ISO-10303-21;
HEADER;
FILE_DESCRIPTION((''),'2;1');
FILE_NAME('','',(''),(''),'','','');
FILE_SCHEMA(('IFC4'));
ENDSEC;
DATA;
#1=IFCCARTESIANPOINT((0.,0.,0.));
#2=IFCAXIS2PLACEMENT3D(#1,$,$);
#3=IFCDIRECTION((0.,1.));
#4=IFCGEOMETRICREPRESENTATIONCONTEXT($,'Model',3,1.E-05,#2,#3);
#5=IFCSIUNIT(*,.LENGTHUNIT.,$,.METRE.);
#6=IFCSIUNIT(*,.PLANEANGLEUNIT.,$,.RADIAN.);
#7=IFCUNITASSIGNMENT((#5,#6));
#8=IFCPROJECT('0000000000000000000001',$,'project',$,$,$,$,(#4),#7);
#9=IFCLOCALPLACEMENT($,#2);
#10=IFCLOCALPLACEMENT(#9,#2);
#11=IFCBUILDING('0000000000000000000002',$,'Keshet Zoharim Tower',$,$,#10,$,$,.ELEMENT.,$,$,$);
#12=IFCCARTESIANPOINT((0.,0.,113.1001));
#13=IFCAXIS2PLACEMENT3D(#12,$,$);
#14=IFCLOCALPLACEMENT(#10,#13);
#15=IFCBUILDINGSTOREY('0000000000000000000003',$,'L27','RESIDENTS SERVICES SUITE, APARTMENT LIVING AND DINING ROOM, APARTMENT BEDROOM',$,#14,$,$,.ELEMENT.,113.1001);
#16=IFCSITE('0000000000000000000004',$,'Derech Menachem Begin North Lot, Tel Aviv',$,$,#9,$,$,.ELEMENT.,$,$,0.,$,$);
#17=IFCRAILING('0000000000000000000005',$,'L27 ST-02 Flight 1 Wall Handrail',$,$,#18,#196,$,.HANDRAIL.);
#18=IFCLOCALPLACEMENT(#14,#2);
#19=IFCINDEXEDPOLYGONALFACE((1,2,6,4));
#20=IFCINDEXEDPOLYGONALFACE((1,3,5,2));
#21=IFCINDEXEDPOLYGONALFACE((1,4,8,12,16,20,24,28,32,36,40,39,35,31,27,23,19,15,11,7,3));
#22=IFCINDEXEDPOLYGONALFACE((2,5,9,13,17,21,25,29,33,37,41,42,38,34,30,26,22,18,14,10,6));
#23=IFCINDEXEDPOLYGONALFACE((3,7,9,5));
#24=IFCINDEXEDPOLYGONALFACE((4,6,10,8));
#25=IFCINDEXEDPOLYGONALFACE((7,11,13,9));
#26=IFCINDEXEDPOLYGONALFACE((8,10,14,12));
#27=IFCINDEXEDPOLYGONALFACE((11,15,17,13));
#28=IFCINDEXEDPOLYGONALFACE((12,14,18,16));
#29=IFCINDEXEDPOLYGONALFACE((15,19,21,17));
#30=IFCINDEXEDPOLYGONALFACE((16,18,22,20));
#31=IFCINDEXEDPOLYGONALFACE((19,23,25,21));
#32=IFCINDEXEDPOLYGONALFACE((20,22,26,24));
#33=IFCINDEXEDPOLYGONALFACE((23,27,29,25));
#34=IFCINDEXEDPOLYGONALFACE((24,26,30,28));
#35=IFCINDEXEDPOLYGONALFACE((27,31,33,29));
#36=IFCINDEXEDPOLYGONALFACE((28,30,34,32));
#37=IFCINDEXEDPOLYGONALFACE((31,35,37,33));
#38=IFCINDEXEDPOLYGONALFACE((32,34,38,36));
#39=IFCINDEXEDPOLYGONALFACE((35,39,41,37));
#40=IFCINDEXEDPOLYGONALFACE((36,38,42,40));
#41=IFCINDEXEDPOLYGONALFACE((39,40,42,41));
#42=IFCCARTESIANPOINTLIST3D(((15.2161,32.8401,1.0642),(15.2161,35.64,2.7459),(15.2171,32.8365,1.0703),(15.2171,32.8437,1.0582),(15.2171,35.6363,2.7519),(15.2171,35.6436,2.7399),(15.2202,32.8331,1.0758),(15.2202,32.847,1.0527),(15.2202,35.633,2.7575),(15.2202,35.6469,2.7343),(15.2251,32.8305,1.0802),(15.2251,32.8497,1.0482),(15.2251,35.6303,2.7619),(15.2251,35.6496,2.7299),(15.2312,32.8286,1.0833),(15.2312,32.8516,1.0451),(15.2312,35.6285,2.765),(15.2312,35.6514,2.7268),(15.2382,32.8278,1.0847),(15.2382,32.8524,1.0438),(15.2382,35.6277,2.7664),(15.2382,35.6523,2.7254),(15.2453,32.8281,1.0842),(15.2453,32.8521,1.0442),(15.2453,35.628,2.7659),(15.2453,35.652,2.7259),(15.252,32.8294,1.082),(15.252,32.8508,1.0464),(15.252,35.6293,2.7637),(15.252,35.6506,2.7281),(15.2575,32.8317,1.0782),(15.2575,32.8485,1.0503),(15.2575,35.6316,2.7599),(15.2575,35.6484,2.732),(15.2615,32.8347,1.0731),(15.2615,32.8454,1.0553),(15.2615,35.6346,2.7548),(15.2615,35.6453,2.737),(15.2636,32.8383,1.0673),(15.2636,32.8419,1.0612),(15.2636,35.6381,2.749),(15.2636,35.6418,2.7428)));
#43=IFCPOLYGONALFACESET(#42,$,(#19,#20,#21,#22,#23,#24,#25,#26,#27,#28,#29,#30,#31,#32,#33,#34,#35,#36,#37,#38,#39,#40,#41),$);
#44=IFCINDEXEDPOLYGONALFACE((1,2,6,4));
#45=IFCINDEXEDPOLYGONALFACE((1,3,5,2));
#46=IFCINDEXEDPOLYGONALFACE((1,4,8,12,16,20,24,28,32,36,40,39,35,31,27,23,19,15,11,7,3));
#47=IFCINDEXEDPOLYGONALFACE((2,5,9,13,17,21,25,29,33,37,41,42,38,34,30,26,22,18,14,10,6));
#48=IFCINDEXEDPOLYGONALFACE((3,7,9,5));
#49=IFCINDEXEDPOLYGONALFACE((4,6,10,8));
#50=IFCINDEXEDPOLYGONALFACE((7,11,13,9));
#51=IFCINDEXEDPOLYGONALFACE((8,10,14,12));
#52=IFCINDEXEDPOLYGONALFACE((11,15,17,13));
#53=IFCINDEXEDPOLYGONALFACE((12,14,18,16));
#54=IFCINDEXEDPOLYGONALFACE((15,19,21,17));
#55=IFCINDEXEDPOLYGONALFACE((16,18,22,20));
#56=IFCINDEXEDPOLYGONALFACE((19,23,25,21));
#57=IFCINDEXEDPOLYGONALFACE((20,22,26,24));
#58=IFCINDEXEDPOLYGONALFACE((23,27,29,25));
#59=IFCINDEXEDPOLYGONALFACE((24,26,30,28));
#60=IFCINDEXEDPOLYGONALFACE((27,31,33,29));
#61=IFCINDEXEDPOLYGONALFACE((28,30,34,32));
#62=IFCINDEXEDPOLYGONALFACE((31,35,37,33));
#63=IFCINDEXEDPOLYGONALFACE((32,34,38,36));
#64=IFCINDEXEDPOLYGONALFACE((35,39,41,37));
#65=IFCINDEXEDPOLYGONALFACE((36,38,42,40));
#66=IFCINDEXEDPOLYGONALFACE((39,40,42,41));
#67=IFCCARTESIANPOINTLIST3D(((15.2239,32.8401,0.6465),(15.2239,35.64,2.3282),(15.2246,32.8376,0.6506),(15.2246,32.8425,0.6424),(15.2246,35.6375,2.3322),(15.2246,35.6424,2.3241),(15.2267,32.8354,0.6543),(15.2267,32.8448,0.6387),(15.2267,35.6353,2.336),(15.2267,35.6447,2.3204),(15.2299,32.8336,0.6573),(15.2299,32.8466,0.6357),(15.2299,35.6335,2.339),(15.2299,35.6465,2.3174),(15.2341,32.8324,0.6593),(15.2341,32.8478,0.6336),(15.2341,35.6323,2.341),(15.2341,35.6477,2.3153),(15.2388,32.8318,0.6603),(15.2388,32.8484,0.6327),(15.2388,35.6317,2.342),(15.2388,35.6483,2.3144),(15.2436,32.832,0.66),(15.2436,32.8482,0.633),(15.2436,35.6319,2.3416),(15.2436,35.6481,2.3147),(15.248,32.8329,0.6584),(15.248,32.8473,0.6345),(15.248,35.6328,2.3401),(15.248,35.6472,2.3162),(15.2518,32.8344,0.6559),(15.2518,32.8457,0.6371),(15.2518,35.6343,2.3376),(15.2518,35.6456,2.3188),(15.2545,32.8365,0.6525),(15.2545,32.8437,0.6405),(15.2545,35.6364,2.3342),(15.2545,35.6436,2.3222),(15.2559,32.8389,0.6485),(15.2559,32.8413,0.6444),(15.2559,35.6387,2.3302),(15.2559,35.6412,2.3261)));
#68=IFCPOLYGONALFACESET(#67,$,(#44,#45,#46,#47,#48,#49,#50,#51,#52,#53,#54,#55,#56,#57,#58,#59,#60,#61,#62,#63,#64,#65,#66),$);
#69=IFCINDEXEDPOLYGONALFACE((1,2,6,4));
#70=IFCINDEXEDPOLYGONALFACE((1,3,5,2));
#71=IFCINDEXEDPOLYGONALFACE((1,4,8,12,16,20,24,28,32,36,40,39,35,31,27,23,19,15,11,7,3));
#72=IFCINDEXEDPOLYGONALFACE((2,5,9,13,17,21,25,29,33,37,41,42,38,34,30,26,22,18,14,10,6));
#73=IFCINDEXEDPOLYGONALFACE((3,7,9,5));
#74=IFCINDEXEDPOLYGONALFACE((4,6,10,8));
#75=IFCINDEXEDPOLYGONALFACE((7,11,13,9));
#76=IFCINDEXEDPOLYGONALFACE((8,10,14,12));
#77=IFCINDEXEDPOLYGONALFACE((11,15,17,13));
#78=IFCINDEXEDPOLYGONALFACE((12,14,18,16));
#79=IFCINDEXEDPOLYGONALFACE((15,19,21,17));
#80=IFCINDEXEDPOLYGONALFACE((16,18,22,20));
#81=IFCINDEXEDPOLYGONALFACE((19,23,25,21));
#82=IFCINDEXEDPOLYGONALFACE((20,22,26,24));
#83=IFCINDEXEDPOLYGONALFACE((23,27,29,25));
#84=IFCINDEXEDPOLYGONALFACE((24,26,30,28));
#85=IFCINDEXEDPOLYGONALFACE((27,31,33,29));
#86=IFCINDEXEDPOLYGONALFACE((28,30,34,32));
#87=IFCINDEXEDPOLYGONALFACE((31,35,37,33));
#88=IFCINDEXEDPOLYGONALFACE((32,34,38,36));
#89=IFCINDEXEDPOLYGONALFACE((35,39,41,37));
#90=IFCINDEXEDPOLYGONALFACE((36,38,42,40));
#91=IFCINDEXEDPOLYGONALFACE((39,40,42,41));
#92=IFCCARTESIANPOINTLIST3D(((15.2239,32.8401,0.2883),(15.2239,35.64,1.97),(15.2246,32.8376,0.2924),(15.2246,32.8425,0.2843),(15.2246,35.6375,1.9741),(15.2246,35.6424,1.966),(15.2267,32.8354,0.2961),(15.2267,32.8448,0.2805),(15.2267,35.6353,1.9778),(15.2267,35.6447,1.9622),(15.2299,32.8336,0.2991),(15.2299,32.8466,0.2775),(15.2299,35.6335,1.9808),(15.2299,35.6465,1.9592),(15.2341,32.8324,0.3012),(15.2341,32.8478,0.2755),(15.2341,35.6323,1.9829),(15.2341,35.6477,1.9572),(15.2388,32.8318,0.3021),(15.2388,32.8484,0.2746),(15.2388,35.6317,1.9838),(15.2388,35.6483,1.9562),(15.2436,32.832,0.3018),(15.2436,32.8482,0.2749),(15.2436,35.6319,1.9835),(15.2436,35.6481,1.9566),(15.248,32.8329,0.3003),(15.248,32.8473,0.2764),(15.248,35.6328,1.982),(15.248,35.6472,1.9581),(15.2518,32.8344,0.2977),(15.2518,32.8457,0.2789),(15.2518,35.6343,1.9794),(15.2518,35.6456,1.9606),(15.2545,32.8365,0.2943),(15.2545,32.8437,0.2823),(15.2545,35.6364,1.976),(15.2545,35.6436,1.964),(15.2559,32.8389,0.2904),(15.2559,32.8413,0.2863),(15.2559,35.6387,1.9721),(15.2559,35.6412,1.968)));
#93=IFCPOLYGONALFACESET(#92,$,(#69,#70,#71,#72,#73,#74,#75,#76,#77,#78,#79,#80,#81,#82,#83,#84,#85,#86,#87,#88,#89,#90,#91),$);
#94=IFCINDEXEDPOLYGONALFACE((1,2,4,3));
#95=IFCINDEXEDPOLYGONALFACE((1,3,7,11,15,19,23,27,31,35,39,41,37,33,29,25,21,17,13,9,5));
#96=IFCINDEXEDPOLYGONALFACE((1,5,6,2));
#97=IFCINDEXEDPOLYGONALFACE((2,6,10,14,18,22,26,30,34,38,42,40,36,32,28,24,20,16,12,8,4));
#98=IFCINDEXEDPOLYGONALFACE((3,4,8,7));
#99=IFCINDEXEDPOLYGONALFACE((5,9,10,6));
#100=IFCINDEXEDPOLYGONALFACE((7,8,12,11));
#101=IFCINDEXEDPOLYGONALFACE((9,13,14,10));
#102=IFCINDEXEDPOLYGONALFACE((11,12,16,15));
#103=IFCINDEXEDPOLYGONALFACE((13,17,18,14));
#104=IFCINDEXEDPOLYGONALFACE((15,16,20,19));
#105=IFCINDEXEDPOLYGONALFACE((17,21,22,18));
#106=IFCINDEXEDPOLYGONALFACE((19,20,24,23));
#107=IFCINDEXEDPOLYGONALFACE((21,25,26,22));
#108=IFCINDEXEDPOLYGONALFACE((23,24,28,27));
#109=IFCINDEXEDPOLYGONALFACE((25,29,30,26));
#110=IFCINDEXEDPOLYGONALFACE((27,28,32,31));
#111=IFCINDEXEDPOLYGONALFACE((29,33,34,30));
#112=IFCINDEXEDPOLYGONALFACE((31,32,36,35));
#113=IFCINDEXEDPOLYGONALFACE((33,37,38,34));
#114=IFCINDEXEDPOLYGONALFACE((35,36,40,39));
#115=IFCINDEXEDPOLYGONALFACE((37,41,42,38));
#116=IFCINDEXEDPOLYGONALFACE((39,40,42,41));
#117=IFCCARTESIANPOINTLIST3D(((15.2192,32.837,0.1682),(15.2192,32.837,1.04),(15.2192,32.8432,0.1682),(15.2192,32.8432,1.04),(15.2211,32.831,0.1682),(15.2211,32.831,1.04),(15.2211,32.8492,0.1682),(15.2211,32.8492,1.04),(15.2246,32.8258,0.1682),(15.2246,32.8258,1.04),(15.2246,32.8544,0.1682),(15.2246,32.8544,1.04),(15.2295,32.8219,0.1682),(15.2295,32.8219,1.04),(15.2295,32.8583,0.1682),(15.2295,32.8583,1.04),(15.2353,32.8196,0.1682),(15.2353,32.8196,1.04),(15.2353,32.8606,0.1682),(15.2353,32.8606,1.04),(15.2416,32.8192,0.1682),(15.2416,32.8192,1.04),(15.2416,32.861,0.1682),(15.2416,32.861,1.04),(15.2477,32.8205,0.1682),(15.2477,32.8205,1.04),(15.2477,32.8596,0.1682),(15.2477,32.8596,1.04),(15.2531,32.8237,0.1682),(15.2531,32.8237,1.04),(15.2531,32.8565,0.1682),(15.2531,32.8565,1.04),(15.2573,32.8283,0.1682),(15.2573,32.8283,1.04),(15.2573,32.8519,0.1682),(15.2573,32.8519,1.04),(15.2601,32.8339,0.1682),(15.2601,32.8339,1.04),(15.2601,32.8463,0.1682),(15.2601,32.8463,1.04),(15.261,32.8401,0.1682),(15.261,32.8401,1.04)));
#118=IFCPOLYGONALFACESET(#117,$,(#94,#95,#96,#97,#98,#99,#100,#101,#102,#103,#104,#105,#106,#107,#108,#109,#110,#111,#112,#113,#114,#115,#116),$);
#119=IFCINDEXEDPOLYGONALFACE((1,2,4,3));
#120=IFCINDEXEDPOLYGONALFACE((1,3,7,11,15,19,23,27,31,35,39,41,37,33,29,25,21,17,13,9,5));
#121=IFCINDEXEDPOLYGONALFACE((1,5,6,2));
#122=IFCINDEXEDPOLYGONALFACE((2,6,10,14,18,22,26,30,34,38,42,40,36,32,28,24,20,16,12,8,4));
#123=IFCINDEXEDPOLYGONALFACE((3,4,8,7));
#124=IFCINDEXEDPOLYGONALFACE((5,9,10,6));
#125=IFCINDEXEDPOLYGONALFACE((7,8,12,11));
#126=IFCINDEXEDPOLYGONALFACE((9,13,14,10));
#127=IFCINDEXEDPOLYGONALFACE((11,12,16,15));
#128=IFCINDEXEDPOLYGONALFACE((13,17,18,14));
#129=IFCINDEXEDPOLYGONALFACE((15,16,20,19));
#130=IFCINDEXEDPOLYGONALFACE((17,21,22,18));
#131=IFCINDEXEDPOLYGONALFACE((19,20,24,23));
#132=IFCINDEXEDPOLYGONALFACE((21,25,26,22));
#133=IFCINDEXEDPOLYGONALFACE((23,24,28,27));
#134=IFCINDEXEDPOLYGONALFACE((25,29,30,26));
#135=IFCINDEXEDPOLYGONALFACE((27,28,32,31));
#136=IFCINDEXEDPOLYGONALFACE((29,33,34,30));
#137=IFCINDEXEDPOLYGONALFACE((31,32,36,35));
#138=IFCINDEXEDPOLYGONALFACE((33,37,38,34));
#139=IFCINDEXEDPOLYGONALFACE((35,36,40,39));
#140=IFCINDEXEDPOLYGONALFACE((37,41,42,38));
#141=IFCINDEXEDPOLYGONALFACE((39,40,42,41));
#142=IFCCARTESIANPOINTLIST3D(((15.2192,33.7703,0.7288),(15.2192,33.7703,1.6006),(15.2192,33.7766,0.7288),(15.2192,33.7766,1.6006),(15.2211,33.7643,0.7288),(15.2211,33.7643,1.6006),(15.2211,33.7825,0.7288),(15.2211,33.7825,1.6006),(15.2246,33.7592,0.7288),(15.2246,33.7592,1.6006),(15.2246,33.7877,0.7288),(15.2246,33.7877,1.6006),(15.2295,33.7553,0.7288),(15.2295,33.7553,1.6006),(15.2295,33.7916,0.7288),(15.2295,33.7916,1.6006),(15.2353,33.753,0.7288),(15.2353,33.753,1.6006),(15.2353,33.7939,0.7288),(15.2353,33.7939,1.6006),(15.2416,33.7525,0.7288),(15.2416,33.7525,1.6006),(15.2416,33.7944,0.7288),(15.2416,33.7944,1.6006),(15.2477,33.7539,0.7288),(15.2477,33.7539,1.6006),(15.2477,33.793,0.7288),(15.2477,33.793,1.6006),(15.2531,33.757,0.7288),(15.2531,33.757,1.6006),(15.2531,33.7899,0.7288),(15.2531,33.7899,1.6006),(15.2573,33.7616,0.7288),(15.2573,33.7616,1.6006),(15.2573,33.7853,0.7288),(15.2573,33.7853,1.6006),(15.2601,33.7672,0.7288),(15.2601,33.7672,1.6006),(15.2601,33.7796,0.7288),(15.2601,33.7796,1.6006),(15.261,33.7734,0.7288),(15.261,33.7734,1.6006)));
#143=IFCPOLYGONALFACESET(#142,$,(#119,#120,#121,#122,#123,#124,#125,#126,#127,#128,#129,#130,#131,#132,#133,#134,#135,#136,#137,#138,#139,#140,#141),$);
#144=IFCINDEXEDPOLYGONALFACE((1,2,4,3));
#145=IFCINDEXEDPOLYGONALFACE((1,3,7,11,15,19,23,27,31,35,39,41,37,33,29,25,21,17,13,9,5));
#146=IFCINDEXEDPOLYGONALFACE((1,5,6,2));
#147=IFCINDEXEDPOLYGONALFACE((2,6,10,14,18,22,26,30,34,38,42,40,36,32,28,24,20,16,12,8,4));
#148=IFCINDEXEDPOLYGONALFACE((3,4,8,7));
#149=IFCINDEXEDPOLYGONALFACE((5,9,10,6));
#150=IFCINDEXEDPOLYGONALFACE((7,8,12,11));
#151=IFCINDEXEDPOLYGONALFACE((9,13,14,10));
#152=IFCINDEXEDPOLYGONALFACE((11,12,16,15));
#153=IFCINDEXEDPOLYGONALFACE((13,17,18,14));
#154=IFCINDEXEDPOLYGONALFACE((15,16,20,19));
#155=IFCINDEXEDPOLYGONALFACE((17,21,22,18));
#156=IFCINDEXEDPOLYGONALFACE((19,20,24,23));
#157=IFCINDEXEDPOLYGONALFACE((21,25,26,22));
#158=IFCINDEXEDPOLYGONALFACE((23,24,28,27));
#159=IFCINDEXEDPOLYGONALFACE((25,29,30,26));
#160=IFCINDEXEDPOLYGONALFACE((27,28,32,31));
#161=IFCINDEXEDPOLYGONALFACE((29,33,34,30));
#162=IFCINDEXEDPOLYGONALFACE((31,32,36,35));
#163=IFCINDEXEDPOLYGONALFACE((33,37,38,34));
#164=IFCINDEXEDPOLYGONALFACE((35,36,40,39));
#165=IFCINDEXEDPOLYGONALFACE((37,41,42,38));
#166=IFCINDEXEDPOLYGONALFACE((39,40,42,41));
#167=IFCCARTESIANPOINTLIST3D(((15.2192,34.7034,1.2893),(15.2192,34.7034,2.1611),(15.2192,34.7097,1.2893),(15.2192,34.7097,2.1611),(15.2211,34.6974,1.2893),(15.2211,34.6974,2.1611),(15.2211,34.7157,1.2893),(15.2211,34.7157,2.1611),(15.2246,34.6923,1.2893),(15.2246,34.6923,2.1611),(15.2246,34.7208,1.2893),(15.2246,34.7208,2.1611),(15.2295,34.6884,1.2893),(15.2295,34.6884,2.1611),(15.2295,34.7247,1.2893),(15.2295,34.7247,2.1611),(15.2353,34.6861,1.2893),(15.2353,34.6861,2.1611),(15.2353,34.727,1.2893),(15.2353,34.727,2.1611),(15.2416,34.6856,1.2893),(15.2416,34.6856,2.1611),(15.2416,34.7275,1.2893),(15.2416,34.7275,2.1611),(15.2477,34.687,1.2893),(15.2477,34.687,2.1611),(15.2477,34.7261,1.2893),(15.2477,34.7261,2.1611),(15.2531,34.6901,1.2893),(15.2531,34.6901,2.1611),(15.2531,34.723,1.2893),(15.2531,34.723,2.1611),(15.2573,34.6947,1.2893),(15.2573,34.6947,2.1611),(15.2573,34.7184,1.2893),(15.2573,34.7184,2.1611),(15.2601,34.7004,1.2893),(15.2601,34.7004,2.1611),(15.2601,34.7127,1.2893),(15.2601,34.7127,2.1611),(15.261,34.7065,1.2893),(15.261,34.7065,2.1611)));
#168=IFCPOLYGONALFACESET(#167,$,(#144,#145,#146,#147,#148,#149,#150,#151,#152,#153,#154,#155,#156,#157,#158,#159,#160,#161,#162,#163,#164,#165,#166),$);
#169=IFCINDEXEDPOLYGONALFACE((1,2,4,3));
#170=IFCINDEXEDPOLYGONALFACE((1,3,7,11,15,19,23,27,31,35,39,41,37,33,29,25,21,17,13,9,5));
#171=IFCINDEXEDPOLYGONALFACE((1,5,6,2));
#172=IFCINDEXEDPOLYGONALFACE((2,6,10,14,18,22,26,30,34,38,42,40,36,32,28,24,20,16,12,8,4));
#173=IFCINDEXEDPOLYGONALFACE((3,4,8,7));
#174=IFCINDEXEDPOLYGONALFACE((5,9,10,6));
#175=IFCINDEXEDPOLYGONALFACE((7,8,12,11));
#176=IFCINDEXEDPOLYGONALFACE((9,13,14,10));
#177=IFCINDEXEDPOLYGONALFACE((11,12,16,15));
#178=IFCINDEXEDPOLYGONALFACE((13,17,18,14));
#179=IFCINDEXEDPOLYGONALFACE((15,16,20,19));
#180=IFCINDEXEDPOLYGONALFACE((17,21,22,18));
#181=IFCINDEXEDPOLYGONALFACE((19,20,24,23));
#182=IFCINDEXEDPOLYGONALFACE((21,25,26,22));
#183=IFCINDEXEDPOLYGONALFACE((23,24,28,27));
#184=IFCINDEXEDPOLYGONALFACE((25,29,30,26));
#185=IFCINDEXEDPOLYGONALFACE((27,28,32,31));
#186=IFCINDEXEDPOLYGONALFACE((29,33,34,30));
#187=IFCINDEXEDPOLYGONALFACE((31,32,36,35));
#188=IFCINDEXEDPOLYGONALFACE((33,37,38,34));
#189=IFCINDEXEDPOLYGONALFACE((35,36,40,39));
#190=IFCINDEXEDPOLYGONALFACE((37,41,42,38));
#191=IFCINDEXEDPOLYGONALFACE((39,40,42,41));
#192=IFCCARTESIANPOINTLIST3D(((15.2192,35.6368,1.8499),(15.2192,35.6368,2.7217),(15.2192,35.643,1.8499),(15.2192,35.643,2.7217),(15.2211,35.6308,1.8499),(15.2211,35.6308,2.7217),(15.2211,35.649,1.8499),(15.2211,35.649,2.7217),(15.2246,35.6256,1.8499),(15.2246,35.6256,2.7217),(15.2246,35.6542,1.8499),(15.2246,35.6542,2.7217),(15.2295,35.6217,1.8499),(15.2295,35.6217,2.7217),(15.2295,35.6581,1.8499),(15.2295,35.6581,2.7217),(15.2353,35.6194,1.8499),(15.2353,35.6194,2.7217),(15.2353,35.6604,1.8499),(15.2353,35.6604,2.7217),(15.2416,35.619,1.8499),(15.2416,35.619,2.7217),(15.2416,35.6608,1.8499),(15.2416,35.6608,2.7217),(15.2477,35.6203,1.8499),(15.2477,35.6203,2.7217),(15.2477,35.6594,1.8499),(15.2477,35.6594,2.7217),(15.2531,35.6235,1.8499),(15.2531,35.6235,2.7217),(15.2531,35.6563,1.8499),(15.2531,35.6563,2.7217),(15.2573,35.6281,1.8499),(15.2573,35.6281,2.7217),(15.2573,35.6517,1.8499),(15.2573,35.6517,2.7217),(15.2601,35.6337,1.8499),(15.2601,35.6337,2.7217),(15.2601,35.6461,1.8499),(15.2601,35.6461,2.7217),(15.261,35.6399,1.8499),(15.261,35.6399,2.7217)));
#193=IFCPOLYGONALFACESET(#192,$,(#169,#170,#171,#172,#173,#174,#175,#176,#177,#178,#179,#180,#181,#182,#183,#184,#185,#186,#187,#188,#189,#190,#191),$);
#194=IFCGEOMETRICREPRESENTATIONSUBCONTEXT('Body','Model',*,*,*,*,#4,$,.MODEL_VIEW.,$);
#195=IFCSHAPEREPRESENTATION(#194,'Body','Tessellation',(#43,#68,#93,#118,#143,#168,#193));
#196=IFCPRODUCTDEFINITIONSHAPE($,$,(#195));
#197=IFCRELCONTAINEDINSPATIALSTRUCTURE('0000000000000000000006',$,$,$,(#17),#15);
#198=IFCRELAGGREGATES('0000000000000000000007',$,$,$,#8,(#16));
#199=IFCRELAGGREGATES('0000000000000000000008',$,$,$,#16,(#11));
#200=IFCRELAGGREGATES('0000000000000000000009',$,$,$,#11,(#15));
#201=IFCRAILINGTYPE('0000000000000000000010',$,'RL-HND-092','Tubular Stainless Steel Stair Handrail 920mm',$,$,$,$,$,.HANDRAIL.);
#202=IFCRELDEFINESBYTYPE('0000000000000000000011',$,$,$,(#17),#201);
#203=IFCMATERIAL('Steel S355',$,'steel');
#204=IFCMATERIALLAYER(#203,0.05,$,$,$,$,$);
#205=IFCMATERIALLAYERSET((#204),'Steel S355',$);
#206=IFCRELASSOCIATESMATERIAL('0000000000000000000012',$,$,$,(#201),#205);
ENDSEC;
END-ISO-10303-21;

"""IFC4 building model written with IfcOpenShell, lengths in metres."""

from ifc_helpers import new_model, si_unit, direction, frame, origin, origin_2d, place, context, subcontext, project, spatial, circle, extrude, material, layer, layer_set, type_object, element, save


model = new_model("IFC4")

# Units and contexts
model_context = context("Model", 3, precision=1e-05, world=origin(), true_north=direction((0.0, 1.0)))
body_context = subcontext(model_context, "Body", "Model", "MODEL_VIEW")
ifc_project = project(units=[si_unit("LENGTHUNIT", "METRE"), si_unit("PLANEANGLEUNIT", "RADIAN")], contexts=[model_context])

# Site, building, storey
site_placement = place(None, origin())
site = spatial("IfcSite", under=ifc_project, at=site_placement, Name="Derech Menachem Begin North Lot, Tel Aviv", CompositionType="ELEMENT", RefElevation=0.0)
building_placement = place(site_placement, origin())
building = spatial("IfcBuilding", under=site, at=building_placement, Name="Keshet Zoharim Tower", CompositionType="ELEMENT")
storey_placement = place(building_placement, frame((0.0, 0.0, 113.1001)))
storey = spatial("IfcBuildingStorey", under=building, at=storey_placement, Name="L27", Description="RESIDENTS SERVICES SUITE, APARTMENT LIVING AND DINING ROOM, APARTMENT BEDROOM", CompositionType="ELEMENT", Elevation=113.1001)

# Shared definitions
ifc_material_1 = material(Name="Steel S355", Category="steel")

# Railing
ifc_layer_1 = layer(ifc_material_1, 0.05)
ifc_layer_set_1 = layer_set([ifc_layer_1], Name="Steel S355")
railing_type_1 = type_object("IfcRailingType", Name="RL-HND-092", Description="Tubular Stainless Steel Stair Handrail 920mm", PredefinedType="HANDRAIL", material=ifc_layer_set_1)
railing_1_placement = place(storey_placement, frame((15.24, 32.8401, 0.1682)))
element("IfcRailing", 1, at=railing_1_placement, inside=storey, type_object=railing_type_1, Name="L27 ST-02 Flight 1 Wall Handrail", PredefinedType="HANDRAIL", context=body_context, shape_type="SweptSolid", body=[
    extrude(circle(Radius=0.0239, at=origin_2d()), frame((0.0, 0.0, 0.896), z_axis=(0.0, 0.857255, 0.514891), x_axis=(-1.0, 0.0, 0.0)), (0.0, 0.0, 1.0), 3.2661),
    extrude(circle(Radius=0.0161, at=origin_2d()), frame((0.0, 0.0, 0.4783), z_axis=(0.0, 0.857255, 0.514891), x_axis=(-1.0, 0.0, 0.0)), (0.0, 0.0, 1.0), 3.2661),
    extrude(circle(Radius=0.0161, at=origin_2d()), frame((0.0, 0.0, 0.1201), z_axis=(0.0, 0.857255, 0.514891), x_axis=(-1.0, 0.0, 0.0)), (0.0, 0.0, 1.0), 3.2661),
    extrude(circle(Radius=0.021, at=origin_2d()), origin(), (0.0, 0.0, 1.0), 0.8718),
    extrude(circle(Radius=0.021, at=origin_2d()), frame((0.0, 0.9333, 0.5605)), (0.0, 0.0, 1.0), 0.8718),
    extrude(circle(Radius=0.021, at=origin_2d()), frame((0.0, 1.8665, 1.1211)), (0.0, 0.0, 1.0), 0.8718),
    extrude(circle(Radius=0.021, at=origin_2d()), frame((0.0, 2.7998, 1.6816)), (0.0, 0.0, 1.0), 0.8718),
])

save(model, "model.ifc")
